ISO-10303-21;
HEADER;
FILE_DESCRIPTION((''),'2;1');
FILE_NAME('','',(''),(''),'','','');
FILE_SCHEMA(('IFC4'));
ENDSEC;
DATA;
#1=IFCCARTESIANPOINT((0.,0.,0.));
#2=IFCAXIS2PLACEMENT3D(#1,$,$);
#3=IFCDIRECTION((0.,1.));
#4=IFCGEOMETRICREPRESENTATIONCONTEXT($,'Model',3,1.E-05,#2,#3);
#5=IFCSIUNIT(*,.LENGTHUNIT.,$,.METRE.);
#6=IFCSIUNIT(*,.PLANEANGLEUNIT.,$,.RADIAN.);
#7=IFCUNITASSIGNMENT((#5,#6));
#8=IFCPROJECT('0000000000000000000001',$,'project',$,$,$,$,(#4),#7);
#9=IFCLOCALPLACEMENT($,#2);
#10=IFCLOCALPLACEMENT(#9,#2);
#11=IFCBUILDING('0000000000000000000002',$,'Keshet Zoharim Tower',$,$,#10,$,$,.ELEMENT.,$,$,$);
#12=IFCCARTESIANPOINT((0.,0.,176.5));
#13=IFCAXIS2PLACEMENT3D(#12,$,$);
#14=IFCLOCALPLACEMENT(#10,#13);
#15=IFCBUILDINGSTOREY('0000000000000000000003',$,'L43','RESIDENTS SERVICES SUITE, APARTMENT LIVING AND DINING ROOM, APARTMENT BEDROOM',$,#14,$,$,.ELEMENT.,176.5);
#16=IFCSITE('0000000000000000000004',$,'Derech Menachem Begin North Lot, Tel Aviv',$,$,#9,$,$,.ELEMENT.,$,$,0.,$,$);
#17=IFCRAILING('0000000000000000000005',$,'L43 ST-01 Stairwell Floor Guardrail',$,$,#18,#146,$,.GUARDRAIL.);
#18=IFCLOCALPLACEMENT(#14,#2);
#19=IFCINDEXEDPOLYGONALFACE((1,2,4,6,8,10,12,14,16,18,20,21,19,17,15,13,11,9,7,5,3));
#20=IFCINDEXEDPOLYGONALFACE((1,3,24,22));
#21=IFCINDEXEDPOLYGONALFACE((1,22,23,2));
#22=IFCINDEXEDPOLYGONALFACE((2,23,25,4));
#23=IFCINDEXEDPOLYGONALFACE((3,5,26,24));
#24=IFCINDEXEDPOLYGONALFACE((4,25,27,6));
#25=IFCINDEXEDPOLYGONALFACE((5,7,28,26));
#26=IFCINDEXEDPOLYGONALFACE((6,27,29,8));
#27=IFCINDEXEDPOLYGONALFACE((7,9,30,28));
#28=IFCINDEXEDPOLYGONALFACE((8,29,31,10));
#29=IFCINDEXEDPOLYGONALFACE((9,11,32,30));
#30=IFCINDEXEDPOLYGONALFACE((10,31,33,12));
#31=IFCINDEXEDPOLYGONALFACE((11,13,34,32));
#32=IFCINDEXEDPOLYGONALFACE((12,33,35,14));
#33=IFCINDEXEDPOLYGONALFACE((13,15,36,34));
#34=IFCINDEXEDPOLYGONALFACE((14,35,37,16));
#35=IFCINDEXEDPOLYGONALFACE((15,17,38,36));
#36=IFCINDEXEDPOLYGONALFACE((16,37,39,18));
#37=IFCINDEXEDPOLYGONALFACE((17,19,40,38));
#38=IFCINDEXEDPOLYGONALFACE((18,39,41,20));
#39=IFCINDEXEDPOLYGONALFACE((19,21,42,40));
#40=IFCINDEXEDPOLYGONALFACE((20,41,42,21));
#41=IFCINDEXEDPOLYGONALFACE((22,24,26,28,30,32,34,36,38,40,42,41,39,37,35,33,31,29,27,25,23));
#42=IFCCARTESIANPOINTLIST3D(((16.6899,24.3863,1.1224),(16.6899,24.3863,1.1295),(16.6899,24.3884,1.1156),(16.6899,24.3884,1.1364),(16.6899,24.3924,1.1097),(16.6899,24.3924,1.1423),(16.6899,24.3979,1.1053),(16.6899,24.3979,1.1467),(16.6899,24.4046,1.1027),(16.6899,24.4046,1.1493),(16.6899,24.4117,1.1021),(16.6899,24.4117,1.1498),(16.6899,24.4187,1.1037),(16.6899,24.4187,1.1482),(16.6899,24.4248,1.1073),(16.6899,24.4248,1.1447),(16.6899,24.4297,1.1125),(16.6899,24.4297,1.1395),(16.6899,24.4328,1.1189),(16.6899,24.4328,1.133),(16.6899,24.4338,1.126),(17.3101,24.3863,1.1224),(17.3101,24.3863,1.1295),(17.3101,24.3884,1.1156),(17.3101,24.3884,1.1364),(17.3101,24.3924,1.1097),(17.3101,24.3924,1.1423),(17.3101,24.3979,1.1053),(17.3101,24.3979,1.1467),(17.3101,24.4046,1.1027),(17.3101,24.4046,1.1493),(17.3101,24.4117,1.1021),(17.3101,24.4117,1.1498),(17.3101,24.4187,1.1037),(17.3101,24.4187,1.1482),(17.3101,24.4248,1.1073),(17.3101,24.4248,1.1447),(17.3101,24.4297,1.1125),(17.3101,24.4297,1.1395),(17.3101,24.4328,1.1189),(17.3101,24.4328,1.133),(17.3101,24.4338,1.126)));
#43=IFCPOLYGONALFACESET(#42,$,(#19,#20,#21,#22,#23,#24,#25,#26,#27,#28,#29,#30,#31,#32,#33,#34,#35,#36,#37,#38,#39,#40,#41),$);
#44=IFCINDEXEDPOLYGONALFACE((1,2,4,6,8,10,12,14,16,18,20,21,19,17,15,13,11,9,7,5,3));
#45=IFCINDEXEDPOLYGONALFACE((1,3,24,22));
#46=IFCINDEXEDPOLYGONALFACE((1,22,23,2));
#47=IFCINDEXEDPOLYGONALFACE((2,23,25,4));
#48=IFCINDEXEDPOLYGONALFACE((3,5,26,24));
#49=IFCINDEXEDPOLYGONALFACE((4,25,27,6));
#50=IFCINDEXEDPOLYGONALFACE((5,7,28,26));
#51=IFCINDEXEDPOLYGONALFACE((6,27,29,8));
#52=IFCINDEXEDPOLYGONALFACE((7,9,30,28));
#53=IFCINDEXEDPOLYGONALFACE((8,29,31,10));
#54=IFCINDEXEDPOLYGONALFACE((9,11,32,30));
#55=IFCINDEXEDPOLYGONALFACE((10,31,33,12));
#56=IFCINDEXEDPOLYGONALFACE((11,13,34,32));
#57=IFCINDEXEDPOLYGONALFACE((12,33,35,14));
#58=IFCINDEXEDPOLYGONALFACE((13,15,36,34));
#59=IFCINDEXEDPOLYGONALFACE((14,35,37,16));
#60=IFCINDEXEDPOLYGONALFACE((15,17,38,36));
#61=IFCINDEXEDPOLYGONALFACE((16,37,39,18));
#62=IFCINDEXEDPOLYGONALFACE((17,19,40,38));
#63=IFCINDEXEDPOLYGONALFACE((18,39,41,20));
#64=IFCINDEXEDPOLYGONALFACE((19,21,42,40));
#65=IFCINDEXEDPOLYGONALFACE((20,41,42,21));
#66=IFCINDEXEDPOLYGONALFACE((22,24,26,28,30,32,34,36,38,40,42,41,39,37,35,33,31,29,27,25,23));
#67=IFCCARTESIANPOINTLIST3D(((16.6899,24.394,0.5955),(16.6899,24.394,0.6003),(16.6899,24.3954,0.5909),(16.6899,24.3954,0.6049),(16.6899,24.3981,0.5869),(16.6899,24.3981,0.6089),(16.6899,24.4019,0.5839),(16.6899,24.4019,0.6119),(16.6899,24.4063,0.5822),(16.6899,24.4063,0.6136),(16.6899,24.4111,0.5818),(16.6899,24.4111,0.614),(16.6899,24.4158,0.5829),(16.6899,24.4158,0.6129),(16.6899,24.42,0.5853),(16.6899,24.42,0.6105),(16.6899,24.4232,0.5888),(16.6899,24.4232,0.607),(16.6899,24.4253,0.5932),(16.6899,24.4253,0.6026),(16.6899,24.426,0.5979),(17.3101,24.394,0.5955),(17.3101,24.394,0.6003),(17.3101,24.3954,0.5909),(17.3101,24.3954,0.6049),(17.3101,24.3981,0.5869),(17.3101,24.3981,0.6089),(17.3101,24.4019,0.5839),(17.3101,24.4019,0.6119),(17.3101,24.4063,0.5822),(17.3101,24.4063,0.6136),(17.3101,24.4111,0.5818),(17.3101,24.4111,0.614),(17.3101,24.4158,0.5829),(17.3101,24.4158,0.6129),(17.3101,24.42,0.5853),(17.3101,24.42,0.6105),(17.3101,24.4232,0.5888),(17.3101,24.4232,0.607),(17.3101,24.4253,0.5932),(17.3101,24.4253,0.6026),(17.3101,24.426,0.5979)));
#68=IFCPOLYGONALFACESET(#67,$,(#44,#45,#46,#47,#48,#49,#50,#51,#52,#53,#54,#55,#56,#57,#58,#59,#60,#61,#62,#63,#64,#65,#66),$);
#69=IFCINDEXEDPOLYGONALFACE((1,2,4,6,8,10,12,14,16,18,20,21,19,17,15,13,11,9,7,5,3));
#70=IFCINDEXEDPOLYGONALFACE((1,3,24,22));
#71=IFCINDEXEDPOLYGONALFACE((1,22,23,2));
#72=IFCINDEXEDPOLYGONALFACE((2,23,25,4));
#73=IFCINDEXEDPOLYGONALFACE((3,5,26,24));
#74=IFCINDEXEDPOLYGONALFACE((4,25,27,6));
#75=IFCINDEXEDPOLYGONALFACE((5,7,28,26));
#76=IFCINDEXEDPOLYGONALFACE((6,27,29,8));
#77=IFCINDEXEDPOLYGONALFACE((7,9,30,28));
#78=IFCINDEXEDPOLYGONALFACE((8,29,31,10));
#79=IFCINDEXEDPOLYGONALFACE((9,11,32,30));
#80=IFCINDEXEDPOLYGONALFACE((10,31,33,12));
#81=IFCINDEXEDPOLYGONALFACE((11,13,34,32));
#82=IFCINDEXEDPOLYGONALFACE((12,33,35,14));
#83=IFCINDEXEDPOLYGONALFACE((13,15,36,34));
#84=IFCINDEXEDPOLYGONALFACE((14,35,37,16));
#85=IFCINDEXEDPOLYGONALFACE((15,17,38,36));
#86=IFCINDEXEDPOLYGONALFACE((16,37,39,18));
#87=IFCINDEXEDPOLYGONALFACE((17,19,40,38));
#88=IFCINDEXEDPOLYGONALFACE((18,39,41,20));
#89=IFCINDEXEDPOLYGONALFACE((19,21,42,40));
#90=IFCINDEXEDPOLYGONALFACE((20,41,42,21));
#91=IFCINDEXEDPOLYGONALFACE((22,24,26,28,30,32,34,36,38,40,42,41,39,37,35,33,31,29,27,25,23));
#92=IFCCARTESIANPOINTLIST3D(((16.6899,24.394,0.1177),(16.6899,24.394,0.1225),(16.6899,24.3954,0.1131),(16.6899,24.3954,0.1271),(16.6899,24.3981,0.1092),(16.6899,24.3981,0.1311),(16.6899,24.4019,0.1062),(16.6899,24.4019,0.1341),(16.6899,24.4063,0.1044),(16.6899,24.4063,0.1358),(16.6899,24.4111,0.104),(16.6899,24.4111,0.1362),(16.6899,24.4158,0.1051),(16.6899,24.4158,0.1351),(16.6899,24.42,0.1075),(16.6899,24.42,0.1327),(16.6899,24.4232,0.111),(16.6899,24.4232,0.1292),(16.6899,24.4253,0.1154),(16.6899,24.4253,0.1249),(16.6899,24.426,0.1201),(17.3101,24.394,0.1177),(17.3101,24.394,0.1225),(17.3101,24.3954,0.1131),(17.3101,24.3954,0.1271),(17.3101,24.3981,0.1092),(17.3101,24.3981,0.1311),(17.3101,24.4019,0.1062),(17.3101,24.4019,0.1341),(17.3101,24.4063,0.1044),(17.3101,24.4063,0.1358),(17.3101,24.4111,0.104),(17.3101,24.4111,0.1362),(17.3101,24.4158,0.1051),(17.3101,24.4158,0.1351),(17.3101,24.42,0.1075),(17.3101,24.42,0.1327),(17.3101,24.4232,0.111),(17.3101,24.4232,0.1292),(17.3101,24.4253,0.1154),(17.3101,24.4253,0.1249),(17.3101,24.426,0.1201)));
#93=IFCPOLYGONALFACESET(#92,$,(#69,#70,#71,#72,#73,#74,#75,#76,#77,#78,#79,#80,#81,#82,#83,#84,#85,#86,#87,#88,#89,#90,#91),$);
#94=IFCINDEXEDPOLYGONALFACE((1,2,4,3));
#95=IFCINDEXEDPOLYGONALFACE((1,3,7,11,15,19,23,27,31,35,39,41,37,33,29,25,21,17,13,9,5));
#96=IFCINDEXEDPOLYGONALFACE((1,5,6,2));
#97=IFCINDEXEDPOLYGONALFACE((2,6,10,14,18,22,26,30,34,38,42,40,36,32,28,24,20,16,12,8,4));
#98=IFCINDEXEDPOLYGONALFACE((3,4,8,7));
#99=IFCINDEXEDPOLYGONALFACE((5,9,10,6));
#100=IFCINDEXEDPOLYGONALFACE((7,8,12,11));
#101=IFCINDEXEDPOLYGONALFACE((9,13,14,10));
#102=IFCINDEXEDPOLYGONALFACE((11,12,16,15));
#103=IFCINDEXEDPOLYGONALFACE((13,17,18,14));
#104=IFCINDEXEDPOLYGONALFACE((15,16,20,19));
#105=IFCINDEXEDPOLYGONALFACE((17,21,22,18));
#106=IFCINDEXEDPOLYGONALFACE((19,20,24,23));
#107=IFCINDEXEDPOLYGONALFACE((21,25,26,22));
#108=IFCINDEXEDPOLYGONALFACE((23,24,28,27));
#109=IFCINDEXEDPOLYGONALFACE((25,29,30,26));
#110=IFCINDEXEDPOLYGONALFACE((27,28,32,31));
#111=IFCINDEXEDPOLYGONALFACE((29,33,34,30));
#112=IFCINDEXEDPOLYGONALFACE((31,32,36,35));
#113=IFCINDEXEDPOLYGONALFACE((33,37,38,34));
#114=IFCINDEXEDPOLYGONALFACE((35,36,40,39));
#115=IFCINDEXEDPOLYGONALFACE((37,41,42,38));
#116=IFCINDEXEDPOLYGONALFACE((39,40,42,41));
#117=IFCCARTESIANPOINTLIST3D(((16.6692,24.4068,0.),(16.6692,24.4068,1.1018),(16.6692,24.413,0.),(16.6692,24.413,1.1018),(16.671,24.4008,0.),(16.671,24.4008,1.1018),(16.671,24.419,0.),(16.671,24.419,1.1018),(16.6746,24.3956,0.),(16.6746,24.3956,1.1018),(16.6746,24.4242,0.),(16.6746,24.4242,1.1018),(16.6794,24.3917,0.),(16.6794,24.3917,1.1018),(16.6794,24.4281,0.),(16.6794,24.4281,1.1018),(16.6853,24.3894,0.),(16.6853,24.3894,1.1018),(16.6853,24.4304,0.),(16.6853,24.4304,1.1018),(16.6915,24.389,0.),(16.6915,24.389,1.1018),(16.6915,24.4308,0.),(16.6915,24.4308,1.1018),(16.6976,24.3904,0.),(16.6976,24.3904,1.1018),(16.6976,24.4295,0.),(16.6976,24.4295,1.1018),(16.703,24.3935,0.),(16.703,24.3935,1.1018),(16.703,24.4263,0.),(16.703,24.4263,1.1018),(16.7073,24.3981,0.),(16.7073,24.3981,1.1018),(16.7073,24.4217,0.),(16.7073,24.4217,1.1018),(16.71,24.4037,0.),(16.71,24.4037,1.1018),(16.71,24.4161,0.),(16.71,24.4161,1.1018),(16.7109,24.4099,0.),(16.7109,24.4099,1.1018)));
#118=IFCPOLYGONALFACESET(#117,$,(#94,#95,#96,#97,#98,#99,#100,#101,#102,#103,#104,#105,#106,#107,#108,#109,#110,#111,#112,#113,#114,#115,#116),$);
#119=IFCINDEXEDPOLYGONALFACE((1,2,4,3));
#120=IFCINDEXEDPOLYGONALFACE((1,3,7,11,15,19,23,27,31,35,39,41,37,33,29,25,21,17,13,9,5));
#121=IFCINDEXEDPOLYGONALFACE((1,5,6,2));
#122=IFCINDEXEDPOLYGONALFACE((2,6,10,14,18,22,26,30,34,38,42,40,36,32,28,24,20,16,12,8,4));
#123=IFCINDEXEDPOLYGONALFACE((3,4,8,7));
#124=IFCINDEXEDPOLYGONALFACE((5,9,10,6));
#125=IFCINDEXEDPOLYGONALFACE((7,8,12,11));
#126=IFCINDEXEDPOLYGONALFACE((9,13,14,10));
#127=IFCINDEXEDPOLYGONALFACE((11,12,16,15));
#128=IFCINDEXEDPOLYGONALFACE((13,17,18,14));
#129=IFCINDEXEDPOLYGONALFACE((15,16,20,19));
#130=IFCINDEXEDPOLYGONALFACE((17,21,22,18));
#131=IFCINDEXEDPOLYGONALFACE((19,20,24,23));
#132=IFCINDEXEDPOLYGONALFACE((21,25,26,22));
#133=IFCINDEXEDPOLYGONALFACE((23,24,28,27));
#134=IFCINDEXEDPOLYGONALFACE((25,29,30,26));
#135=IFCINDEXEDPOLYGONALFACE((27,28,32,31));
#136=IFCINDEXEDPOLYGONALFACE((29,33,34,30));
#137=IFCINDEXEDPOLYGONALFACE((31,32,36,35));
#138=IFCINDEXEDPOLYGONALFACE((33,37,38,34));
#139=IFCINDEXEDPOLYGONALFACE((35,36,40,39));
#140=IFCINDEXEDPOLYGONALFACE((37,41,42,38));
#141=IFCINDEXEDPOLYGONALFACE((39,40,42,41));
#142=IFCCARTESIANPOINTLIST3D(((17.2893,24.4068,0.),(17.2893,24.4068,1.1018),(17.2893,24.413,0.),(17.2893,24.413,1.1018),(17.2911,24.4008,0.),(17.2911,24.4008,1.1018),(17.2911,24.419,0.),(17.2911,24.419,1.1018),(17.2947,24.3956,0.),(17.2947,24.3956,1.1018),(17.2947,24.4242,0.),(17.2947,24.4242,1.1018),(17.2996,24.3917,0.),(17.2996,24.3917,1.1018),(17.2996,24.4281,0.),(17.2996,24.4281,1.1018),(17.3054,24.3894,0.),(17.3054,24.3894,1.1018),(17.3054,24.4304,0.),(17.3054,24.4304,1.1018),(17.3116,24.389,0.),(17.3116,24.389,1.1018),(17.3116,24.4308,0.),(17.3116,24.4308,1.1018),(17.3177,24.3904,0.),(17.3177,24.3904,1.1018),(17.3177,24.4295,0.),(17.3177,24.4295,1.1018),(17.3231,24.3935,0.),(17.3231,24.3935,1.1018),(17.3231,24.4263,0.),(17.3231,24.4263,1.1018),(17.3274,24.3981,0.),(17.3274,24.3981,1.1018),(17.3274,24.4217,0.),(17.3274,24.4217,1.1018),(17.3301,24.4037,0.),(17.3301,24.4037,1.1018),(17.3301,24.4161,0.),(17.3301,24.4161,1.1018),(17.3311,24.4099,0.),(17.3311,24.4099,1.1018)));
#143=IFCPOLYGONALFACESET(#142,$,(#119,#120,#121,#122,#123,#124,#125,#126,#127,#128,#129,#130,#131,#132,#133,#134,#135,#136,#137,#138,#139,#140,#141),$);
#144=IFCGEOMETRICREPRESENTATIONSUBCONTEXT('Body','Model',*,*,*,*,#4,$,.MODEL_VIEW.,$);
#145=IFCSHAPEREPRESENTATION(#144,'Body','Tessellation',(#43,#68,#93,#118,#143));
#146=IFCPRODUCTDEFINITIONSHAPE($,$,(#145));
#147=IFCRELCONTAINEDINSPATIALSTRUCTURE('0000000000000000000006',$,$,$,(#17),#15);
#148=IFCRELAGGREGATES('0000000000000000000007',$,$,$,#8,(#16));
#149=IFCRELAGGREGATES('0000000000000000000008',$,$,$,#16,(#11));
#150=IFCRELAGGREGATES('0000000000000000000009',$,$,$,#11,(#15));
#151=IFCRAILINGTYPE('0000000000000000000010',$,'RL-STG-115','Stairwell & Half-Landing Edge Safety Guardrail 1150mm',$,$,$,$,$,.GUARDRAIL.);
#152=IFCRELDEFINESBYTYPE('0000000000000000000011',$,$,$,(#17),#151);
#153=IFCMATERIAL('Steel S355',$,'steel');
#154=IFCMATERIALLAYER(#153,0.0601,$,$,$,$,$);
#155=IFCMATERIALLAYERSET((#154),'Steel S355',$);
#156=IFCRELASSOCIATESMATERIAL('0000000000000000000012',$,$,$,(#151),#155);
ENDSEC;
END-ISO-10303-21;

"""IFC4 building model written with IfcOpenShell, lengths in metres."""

from ifc_helpers import new_model, si_unit, direction, frame, origin, origin_2d, place, context, subcontext, project, spatial, circle, extrude, material, layer, layer_set, type_object, element, save


model = new_model("IFC4")

# Units and contexts
model_context = context("Model", 3, precision=1e-05, world=origin(), true_north=direction((0.0, 1.0)))
body_context = subcontext(model_context, "Body", "Model", "MODEL_VIEW")
ifc_project = project(units=[si_unit("LENGTHUNIT", "METRE"), si_unit("PLANEANGLEUNIT", "RADIAN")], contexts=[model_context])

# Site, building, storey
site_placement = place(None, origin())
site = spatial("IfcSite", under=ifc_project, at=site_placement, Name="Derech Menachem Begin North Lot, Tel Aviv", CompositionType="ELEMENT", RefElevation=0.0)
building_placement = place(site_placement, origin())
building = spatial("IfcBuilding", under=site, at=building_placement, Name="Keshet Zoharim Tower", CompositionType="ELEMENT")
storey_placement = place(building_placement, frame((0.0, 0.0, 176.5)))
storey = spatial("IfcBuildingStorey", under=building, at=storey_placement, Name="L43", Description="RESIDENTS SERVICES SUITE, APARTMENT LIVING AND DINING ROOM, APARTMENT BEDROOM", CompositionType="ELEMENT", Elevation=176.5)

# Shared definitions
ifc_material_1 = material(Name="Steel S355", Category="steel")

# Railing
ifc_layer_1 = layer(ifc_material_1, 0.0601)
ifc_layer_set_1 = layer_set([ifc_layer_1], Name="Steel S355")
railing_type_1 = type_object("IfcRailingType", Name="RL-STG-115", Description="Stairwell & Half-Landing Edge Safety Guardrail 1150mm", PredefinedType="GUARDRAIL", material=ifc_layer_set_1)
railing_1_placement = place(storey_placement, frame((16.6899, 24.4099, 0.0)))
element("IfcRailing", 1, at=railing_1_placement, inside=storey, type_object=railing_type_1, Name="L43 ST-01 Stairwell Floor Guardrail", PredefinedType="GUARDRAIL", context=body_context, shape_type="SweptSolid", body=[
    extrude(circle(Radius=0.0239, at=origin_2d()), frame((0.0, 0.0, 1.126), z_axis=(1.0, 0.0, 0.0), x_axis=(0.0, 1.0, 0.0)), (0.0, 0.0, 1.0), 0.6201),
    extrude(circle(Radius=0.0161, at=origin_2d()), frame((0.0, 0.0, 0.5979), z_axis=(1.0, 0.0, 0.0), x_axis=(0.0, 1.0, 0.0)), (0.0, 0.0, 1.0), 0.6201),
    extrude(circle(Radius=0.0161, at=origin_2d()), frame((0.0, 0.0, 0.1201), z_axis=(1.0, 0.0, 0.0), x_axis=(0.0, 1.0, 0.0)), (0.0, 0.0, 1.0), 0.6201),
    extrude(circle(Radius=0.021, at=origin_2d()), origin(), (0.0, 0.0, 1.0), 1.1018),
    extrude(circle(Radius=0.021, at=origin_2d()), frame((0.6201, 0.0, 0.0)), (0.0, 0.0, 1.0), 1.1018),
])

save(model, "model.ifc")
